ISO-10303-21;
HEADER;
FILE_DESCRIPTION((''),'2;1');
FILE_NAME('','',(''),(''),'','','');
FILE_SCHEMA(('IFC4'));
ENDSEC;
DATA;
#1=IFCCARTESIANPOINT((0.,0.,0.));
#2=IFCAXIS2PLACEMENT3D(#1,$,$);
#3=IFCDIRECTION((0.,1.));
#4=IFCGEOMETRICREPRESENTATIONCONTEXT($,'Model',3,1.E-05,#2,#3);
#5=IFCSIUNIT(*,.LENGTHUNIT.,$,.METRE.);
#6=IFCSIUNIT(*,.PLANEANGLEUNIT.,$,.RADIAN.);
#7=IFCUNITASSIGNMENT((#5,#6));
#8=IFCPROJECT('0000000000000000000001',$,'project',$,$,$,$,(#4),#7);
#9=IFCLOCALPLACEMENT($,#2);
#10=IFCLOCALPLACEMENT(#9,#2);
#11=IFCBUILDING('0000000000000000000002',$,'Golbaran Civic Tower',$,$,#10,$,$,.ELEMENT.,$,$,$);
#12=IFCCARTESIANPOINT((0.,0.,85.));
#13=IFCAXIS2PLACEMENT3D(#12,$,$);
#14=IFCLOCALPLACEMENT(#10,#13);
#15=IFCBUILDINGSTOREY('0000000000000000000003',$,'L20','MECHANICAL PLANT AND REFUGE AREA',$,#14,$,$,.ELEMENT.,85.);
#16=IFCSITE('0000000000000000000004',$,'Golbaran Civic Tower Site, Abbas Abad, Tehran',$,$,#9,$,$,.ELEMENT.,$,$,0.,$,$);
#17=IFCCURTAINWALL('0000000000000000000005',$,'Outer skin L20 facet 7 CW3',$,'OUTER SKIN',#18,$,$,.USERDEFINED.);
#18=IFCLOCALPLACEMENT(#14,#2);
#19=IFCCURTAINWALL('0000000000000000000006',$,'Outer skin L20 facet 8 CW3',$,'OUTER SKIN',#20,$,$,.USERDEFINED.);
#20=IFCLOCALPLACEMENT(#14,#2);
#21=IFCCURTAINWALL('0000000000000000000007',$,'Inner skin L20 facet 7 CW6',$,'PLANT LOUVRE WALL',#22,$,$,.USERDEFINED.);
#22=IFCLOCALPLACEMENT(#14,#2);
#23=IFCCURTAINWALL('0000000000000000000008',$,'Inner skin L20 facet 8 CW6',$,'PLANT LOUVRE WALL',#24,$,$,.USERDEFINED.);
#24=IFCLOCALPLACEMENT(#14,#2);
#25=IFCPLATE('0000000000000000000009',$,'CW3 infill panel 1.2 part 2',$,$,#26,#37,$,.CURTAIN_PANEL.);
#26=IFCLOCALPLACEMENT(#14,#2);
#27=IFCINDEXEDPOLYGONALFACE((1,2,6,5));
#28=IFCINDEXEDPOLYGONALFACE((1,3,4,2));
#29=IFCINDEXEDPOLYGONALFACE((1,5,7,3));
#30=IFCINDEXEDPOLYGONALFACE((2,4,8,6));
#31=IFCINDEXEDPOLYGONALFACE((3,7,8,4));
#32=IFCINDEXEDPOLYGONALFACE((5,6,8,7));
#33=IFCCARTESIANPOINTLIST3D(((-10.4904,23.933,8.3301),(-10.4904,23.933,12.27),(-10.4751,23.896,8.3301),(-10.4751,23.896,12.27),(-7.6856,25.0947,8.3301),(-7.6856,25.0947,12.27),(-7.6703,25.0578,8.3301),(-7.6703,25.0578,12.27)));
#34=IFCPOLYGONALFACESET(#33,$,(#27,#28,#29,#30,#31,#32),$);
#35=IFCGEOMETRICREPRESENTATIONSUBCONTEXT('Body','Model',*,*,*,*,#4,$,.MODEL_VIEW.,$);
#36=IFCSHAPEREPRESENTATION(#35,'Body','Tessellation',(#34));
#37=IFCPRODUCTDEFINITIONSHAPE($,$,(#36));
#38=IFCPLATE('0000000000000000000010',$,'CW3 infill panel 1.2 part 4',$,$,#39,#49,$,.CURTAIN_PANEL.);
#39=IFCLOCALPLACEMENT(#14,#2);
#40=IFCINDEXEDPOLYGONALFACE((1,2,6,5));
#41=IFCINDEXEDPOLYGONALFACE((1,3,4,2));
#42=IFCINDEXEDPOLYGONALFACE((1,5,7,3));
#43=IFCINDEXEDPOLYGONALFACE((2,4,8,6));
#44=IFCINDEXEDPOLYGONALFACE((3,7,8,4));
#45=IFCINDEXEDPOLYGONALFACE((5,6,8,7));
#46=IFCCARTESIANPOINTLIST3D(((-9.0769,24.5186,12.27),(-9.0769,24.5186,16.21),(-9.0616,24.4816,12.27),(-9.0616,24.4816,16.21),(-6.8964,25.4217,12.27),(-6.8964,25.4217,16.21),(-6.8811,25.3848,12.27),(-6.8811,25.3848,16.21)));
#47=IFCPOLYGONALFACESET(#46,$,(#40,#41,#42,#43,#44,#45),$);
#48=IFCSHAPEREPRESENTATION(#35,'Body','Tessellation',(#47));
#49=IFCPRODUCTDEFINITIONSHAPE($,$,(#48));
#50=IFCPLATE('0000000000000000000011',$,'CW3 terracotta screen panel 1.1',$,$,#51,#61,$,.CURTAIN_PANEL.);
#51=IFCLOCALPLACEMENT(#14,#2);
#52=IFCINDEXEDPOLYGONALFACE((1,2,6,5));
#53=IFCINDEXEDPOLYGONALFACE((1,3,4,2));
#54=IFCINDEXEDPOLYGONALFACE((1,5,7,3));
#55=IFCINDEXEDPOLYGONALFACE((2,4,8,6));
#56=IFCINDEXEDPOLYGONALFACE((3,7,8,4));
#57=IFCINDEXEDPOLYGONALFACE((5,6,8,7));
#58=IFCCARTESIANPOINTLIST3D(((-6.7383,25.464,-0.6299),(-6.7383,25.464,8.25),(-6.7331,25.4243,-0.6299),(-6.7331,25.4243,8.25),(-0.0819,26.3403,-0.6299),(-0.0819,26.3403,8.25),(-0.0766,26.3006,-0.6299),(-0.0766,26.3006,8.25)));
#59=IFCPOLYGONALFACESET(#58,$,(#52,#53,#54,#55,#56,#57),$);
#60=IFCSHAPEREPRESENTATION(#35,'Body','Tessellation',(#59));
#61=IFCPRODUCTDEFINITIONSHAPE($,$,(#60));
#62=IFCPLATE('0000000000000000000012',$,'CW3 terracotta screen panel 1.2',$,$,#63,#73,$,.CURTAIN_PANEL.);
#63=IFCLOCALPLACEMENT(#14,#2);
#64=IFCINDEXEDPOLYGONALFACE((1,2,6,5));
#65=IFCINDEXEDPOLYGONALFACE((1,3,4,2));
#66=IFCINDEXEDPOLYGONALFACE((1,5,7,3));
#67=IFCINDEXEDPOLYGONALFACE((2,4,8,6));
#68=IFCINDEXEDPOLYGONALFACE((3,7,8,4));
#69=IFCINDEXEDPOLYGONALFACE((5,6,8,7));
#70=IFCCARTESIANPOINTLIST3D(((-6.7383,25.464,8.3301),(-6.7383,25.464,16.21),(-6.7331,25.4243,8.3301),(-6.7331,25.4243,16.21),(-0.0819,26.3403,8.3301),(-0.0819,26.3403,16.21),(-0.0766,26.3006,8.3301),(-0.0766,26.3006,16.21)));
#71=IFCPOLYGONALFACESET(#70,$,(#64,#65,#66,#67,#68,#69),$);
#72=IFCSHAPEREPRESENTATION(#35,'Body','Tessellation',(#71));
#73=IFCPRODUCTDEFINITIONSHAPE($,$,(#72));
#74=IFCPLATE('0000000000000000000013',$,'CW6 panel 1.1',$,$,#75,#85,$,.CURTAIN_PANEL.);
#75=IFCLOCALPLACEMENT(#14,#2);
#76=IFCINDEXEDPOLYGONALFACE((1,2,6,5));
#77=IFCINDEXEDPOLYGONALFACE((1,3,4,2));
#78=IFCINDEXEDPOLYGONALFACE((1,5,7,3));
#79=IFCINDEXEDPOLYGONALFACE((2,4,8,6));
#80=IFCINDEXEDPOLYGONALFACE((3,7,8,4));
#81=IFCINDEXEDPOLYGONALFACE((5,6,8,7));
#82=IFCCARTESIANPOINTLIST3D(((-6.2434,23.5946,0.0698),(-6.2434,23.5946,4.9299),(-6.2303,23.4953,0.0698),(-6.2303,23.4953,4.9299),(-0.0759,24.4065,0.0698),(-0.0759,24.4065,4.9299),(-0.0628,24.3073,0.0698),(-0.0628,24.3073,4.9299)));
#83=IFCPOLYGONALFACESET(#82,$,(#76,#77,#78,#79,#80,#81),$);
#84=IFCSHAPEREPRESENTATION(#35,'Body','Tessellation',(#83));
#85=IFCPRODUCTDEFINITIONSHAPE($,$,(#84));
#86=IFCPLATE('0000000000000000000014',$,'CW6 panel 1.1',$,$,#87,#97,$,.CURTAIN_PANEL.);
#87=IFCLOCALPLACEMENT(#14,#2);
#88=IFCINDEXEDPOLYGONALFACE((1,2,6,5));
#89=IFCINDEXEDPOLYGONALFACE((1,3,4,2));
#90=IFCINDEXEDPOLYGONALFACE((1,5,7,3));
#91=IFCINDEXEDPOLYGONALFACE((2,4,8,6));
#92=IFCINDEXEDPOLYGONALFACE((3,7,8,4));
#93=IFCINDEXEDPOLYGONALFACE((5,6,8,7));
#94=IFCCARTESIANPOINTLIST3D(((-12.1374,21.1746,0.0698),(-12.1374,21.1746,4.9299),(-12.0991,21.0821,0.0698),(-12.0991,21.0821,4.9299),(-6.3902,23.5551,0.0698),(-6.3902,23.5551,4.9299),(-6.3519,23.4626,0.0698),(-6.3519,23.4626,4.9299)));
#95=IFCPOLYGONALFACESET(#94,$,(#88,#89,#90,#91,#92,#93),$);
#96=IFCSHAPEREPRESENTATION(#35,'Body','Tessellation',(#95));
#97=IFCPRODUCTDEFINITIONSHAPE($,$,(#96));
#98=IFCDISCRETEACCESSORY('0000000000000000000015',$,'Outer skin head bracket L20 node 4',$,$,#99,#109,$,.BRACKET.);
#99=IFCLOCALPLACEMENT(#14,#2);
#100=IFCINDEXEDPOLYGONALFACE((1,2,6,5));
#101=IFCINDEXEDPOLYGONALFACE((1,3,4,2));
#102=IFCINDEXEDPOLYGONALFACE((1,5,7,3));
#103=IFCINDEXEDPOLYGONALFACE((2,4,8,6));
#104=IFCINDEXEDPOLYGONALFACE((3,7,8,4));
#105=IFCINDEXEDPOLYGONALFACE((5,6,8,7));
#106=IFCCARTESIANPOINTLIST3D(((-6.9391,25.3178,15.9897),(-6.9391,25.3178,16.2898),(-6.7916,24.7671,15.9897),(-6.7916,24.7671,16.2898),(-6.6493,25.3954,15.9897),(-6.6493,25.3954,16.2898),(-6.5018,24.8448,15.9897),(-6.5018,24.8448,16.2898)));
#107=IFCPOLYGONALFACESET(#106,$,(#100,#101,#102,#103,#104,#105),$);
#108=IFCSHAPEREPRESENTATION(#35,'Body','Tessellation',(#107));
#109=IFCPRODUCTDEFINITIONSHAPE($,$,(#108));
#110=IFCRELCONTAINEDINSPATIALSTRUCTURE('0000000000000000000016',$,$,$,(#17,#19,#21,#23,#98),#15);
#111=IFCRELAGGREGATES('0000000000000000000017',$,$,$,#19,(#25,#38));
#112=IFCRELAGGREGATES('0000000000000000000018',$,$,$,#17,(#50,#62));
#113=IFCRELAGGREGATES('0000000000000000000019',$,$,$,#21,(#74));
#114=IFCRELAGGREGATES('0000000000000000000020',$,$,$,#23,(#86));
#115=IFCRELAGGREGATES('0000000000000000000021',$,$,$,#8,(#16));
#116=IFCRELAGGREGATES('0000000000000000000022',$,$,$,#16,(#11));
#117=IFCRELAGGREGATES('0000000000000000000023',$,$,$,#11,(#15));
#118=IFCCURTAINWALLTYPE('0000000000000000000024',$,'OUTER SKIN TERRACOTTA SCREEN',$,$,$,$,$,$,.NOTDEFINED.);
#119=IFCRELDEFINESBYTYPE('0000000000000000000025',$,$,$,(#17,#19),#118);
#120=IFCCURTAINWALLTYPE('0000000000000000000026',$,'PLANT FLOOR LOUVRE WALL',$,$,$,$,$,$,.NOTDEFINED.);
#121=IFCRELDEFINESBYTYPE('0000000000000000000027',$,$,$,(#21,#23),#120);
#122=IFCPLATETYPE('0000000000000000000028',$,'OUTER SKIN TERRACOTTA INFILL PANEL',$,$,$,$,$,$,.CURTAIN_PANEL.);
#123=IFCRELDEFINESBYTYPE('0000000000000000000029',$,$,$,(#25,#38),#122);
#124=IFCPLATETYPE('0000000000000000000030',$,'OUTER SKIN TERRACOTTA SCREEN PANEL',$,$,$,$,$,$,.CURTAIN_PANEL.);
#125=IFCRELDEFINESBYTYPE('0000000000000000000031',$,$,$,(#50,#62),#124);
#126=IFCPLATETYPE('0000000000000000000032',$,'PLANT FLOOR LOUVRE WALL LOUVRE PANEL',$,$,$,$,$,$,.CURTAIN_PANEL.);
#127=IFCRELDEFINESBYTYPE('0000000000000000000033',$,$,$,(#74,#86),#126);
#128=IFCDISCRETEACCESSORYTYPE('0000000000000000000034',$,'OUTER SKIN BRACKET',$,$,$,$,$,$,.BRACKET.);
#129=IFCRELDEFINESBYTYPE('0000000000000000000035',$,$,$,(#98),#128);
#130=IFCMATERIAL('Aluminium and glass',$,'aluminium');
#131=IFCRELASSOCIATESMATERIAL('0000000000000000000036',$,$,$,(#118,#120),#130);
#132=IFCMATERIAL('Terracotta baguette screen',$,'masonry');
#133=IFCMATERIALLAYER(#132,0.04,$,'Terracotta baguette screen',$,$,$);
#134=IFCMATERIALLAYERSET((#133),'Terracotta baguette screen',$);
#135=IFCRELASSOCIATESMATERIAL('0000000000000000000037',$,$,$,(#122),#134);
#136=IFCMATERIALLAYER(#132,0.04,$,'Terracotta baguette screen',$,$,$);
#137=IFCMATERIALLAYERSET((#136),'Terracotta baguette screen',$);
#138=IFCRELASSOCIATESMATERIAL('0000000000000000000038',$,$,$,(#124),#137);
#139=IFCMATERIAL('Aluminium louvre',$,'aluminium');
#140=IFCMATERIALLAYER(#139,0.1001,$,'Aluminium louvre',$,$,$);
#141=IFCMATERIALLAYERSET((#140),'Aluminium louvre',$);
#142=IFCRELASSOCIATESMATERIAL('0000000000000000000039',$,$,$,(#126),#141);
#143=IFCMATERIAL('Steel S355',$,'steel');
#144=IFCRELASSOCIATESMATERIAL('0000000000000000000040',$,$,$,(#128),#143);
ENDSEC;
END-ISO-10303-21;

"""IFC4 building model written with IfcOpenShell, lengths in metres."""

from ifc_helpers import new_model, si_unit, direction, frame, origin, origin_2d, place, context, subcontext, project, spatial, rectangle, extrude, material, layer, layer_set, type_object, element, aggregate, save


model = new_model("IFC4")

# Units and contexts
model_context = context("Model", 3, precision=1e-05, world=origin(), true_north=direction((0.0, 1.0)))
body_context = subcontext(model_context, "Body", "Model", "MODEL_VIEW")
ifc_project = project(units=[si_unit("LENGTHUNIT", "METRE"), si_unit("PLANEANGLEUNIT", "RADIAN")], contexts=[model_context])

# Site, building, storey
site_placement = place(None, origin())
site = spatial("IfcSite", under=ifc_project, at=site_placement, Name="Golbaran Civic Tower Site, Abbas Abad, Tehran", CompositionType="ELEMENT", RefElevation=0.0)
building_placement = place(site_placement, origin())
building = spatial("IfcBuilding", under=site, at=building_placement, Name="Golbaran Civic Tower", CompositionType="ELEMENT")
storey_placement = place(building_placement, frame((0.0, 0.0, 85.0)))
storey = spatial("IfcBuildingStorey", under=building, at=storey_placement, Name="L20", Description="MECHANICAL PLANT AND REFUGE AREA", CompositionType="ELEMENT", Elevation=85.0)

# Shared definitions
ifc_material_1 = material(Name="Steel S355", Category="steel")

# Curtain wall
ifc_material_2 = material(Name="Aluminium and glass", Category="aluminium")
curtain_wall_type_1 = type_object("IfcCurtainWallType", Name="OUTER SKIN TERRACOTTA SCREEN", PredefinedType="NOTDEFINED", material=ifc_material_2)
curtain_wall_1_placement = place(storey_placement, origin())
curtain_wall_1 = element("IfcCurtainWall", 1, at=curtain_wall_1_placement, inside=storey, type_object=curtain_wall_type_1, Name="Outer skin L20 facet 7 CW3", ObjectType="OUTER SKIN", PredefinedType="USERDEFINED")

# Curtain wall
curtain_wall_2_placement = place(storey_placement, origin())
curtain_wall_2 = element("IfcCurtainWall", 2, at=curtain_wall_2_placement, inside=storey, type_object=curtain_wall_type_1, Name="Outer skin L20 facet 8 CW3", ObjectType="OUTER SKIN", PredefinedType="USERDEFINED")

# Curtain walls
curtain_wall_type_2 = type_object("IfcCurtainWallType", Name="PLANT FLOOR LOUVRE WALL", PredefinedType="NOTDEFINED", material=ifc_material_2)
curtain_wall_3_placement = place(storey_placement, origin())
curtain_wall_3 = element("IfcCurtainWall", 3, at=curtain_wall_3_placement, inside=storey, type_object=curtain_wall_type_2, Name="Inner skin L20 facet 7 CW6", ObjectType="PLANT LOUVRE WALL", PredefinedType="USERDEFINED")
curtain_wall_4_placement = place(storey_placement, origin())
curtain_wall_4 = element("IfcCurtainWall", 4, at=curtain_wall_4_placement, inside=storey, type_object=curtain_wall_type_2, Name="Inner skin L20 facet 8 CW6", ObjectType="PLANT LOUVRE WALL", PredefinedType="USERDEFINED")

# Plates
ifc_material_3 = material(Name="Terracotta baguette screen", Category="masonry")
ifc_layer_1 = layer(ifc_material_3, 0.04, Name="Terracotta baguette screen")
ifc_layer_set_1 = layer_set([ifc_layer_1], Name="Terracotta baguette screen")
plate_type_1 = type_object("IfcPlateType", Name="OUTER SKIN TERRACOTTA INFILL PANEL", PredefinedType="CURTAIN_PANEL", material=ifc_layer_set_1)
plate_1_placement = place(storey_placement, frame((-9.0803, 24.4954, 8.3301), z_axis=(0.0, 0.0, 1.0), x_axis=(-0.92388, -0.382683, 0.0)))
plate_1 = element("IfcPlate", 5, at=plate_1_placement, type_object=plate_type_1, Name="CW3 infill panel 1.2 part 2", PredefinedType="CURTAIN_PANEL", context=body_context, shape_type="SweptSolid", body=[
    extrude(rectangle(XDim=3.0359, YDim=0.04, at=origin_2d()), origin(), (0.0, 0.0, 1.0), 3.9399),
])
plate_2_placement = place(storey_placement, frame((-7.979, 24.9517, 12.27), z_axis=(0.0, 0.0, 1.0), x_axis=(-0.92388, -0.382683, 0.0)))
plate_2 = element("IfcPlate", 6, at=plate_2_placement, type_object=plate_type_1, Name="CW3 infill panel 1.2 part 4", PredefinedType="CURTAIN_PANEL", context=body_context, shape_type="SweptSolid", body=[
    extrude(rectangle(XDim=2.3601, YDim=0.04, at=origin_2d()), origin(), (0.0, 0.0, 1.0), 3.9399),
])
aggregate(curtain_wall_2, [plate_1, plate_2])
ifc_layer_2 = layer(ifc_material_3, 0.04, Name="Terracotta baguette screen")
ifc_layer_set_2 = layer_set([ifc_layer_2], Name="Terracotta baguette screen")
plate_type_2 = type_object("IfcPlateType", Name="OUTER SKIN TERRACOTTA SCREEN PANEL", PredefinedType="CURTAIN_PANEL", material=ifc_layer_set_2)
plate_3_placement = place(storey_placement, frame((-3.4075, 25.8823, -0.6299), z_axis=(0.0, 0.0, 1.0), x_axis=(-0.991445, -0.130526, 0.0)))
plate_3 = element("IfcPlate", 7, at=plate_3_placement, type_object=plate_type_2, Name="CW3 terracotta screen panel 1.1", PredefinedType="CURTAIN_PANEL", context=body_context, shape_type="SweptSolid", body=[
    extrude(rectangle(XDim=6.7139, YDim=0.04, at=origin_2d()), origin(), (0.0, 0.0, 1.0), 8.8799),
])
plate_4_placement = place(storey_placement, frame((-3.4075, 25.8823, 8.3301), z_axis=(0.0, 0.0, 1.0), x_axis=(-0.991445, -0.130526, 0.0)))
plate_4 = element("IfcPlate", 8, at=plate_4_placement, type_object=plate_type_2, Name="CW3 terracotta screen panel 1.2", PredefinedType="CURTAIN_PANEL", context=body_context, shape_type="SweptSolid", body=[
    extrude(rectangle(XDim=6.7139, YDim=0.04, at=origin_2d()), origin(), (0.0, 0.0, 1.0), 7.8799),
])
aggregate(curtain_wall_1, [plate_3, plate_4])
ifc_material_4 = material(Name="Aluminium louvre", Category="aluminium")
ifc_layer_3 = layer(ifc_material_4, 0.1001, Name="Aluminium louvre")
ifc_layer_set_3 = layer_set([ifc_layer_3], Name="Aluminium louvre")
plate_type_3 = type_object("IfcPlateType", Name="PLANT FLOOR LOUVRE WALL LOUVRE PANEL", PredefinedType="CURTAIN_PANEL", material=ifc_layer_set_3)
plate_5_placement = place(storey_placement, frame((-3.1531, 23.9509, 0.0698), z_axis=(0.0, 0.0, 1.0), x_axis=(-0.991445, -0.130526, 0.0)))
plate_5 = element("IfcPlate", 9, at=plate_5_placement, type_object=plate_type_3, Name="CW6 panel 1.1", PredefinedType="CURTAIN_PANEL", context=body_context, shape_type="SweptSolid", body=[
    extrude(rectangle(XDim=6.2207, YDim=0.1001, at=origin_2d()), origin(), (0.0, 0.0, 1.0), 4.8601),
])
aggregate(curtain_wall_3, [plate_5])
plate_6_placement = place(storey_placement, frame((-9.2446, 22.3186, 0.0698), z_axis=(0.0, 0.0, 1.0), x_axis=(-0.92388, -0.382683, 0.0)))
plate_6 = element("IfcPlate", 10, at=plate_6_placement, type_object=plate_type_3, Name="CW6 panel 1.1", PredefinedType="CURTAIN_PANEL", context=body_context, shape_type="SweptSolid", body=[
    extrude(rectangle(XDim=6.2207, YDim=0.1001, at=origin_2d()), origin(), (0.0, 0.0, 1.0), 4.8601),
])
aggregate(curtain_wall_4, [plate_6])

# Discrete accessory
discrete_accessory_type = type_object("IfcDiscreteAccessoryType", Name="OUTER SKIN BRACKET", PredefinedType="BRACKET", material=ifc_material_1)
discrete_accessory_placement = place(storey_placement, frame((-6.7205, 25.0813, 15.9897), z_axis=(0.0, 0.0, 1.0), x_axis=(-0.258819, 0.965926, 0.0)))
element("IfcDiscreteAccessory", 11, at=discrete_accessory_placement, inside=storey, type_object=discrete_accessory_type, Name="Outer skin head bracket L20 node 4", PredefinedType="BRACKET", context=body_context, shape_type="SweptSolid", body=[
    extrude(rectangle(XDim=0.5701, YDim=0.3, at=origin_2d()), origin(), (0.0, 0.0, 1.0), 0.3),
])

save(model, "model.ifc")
